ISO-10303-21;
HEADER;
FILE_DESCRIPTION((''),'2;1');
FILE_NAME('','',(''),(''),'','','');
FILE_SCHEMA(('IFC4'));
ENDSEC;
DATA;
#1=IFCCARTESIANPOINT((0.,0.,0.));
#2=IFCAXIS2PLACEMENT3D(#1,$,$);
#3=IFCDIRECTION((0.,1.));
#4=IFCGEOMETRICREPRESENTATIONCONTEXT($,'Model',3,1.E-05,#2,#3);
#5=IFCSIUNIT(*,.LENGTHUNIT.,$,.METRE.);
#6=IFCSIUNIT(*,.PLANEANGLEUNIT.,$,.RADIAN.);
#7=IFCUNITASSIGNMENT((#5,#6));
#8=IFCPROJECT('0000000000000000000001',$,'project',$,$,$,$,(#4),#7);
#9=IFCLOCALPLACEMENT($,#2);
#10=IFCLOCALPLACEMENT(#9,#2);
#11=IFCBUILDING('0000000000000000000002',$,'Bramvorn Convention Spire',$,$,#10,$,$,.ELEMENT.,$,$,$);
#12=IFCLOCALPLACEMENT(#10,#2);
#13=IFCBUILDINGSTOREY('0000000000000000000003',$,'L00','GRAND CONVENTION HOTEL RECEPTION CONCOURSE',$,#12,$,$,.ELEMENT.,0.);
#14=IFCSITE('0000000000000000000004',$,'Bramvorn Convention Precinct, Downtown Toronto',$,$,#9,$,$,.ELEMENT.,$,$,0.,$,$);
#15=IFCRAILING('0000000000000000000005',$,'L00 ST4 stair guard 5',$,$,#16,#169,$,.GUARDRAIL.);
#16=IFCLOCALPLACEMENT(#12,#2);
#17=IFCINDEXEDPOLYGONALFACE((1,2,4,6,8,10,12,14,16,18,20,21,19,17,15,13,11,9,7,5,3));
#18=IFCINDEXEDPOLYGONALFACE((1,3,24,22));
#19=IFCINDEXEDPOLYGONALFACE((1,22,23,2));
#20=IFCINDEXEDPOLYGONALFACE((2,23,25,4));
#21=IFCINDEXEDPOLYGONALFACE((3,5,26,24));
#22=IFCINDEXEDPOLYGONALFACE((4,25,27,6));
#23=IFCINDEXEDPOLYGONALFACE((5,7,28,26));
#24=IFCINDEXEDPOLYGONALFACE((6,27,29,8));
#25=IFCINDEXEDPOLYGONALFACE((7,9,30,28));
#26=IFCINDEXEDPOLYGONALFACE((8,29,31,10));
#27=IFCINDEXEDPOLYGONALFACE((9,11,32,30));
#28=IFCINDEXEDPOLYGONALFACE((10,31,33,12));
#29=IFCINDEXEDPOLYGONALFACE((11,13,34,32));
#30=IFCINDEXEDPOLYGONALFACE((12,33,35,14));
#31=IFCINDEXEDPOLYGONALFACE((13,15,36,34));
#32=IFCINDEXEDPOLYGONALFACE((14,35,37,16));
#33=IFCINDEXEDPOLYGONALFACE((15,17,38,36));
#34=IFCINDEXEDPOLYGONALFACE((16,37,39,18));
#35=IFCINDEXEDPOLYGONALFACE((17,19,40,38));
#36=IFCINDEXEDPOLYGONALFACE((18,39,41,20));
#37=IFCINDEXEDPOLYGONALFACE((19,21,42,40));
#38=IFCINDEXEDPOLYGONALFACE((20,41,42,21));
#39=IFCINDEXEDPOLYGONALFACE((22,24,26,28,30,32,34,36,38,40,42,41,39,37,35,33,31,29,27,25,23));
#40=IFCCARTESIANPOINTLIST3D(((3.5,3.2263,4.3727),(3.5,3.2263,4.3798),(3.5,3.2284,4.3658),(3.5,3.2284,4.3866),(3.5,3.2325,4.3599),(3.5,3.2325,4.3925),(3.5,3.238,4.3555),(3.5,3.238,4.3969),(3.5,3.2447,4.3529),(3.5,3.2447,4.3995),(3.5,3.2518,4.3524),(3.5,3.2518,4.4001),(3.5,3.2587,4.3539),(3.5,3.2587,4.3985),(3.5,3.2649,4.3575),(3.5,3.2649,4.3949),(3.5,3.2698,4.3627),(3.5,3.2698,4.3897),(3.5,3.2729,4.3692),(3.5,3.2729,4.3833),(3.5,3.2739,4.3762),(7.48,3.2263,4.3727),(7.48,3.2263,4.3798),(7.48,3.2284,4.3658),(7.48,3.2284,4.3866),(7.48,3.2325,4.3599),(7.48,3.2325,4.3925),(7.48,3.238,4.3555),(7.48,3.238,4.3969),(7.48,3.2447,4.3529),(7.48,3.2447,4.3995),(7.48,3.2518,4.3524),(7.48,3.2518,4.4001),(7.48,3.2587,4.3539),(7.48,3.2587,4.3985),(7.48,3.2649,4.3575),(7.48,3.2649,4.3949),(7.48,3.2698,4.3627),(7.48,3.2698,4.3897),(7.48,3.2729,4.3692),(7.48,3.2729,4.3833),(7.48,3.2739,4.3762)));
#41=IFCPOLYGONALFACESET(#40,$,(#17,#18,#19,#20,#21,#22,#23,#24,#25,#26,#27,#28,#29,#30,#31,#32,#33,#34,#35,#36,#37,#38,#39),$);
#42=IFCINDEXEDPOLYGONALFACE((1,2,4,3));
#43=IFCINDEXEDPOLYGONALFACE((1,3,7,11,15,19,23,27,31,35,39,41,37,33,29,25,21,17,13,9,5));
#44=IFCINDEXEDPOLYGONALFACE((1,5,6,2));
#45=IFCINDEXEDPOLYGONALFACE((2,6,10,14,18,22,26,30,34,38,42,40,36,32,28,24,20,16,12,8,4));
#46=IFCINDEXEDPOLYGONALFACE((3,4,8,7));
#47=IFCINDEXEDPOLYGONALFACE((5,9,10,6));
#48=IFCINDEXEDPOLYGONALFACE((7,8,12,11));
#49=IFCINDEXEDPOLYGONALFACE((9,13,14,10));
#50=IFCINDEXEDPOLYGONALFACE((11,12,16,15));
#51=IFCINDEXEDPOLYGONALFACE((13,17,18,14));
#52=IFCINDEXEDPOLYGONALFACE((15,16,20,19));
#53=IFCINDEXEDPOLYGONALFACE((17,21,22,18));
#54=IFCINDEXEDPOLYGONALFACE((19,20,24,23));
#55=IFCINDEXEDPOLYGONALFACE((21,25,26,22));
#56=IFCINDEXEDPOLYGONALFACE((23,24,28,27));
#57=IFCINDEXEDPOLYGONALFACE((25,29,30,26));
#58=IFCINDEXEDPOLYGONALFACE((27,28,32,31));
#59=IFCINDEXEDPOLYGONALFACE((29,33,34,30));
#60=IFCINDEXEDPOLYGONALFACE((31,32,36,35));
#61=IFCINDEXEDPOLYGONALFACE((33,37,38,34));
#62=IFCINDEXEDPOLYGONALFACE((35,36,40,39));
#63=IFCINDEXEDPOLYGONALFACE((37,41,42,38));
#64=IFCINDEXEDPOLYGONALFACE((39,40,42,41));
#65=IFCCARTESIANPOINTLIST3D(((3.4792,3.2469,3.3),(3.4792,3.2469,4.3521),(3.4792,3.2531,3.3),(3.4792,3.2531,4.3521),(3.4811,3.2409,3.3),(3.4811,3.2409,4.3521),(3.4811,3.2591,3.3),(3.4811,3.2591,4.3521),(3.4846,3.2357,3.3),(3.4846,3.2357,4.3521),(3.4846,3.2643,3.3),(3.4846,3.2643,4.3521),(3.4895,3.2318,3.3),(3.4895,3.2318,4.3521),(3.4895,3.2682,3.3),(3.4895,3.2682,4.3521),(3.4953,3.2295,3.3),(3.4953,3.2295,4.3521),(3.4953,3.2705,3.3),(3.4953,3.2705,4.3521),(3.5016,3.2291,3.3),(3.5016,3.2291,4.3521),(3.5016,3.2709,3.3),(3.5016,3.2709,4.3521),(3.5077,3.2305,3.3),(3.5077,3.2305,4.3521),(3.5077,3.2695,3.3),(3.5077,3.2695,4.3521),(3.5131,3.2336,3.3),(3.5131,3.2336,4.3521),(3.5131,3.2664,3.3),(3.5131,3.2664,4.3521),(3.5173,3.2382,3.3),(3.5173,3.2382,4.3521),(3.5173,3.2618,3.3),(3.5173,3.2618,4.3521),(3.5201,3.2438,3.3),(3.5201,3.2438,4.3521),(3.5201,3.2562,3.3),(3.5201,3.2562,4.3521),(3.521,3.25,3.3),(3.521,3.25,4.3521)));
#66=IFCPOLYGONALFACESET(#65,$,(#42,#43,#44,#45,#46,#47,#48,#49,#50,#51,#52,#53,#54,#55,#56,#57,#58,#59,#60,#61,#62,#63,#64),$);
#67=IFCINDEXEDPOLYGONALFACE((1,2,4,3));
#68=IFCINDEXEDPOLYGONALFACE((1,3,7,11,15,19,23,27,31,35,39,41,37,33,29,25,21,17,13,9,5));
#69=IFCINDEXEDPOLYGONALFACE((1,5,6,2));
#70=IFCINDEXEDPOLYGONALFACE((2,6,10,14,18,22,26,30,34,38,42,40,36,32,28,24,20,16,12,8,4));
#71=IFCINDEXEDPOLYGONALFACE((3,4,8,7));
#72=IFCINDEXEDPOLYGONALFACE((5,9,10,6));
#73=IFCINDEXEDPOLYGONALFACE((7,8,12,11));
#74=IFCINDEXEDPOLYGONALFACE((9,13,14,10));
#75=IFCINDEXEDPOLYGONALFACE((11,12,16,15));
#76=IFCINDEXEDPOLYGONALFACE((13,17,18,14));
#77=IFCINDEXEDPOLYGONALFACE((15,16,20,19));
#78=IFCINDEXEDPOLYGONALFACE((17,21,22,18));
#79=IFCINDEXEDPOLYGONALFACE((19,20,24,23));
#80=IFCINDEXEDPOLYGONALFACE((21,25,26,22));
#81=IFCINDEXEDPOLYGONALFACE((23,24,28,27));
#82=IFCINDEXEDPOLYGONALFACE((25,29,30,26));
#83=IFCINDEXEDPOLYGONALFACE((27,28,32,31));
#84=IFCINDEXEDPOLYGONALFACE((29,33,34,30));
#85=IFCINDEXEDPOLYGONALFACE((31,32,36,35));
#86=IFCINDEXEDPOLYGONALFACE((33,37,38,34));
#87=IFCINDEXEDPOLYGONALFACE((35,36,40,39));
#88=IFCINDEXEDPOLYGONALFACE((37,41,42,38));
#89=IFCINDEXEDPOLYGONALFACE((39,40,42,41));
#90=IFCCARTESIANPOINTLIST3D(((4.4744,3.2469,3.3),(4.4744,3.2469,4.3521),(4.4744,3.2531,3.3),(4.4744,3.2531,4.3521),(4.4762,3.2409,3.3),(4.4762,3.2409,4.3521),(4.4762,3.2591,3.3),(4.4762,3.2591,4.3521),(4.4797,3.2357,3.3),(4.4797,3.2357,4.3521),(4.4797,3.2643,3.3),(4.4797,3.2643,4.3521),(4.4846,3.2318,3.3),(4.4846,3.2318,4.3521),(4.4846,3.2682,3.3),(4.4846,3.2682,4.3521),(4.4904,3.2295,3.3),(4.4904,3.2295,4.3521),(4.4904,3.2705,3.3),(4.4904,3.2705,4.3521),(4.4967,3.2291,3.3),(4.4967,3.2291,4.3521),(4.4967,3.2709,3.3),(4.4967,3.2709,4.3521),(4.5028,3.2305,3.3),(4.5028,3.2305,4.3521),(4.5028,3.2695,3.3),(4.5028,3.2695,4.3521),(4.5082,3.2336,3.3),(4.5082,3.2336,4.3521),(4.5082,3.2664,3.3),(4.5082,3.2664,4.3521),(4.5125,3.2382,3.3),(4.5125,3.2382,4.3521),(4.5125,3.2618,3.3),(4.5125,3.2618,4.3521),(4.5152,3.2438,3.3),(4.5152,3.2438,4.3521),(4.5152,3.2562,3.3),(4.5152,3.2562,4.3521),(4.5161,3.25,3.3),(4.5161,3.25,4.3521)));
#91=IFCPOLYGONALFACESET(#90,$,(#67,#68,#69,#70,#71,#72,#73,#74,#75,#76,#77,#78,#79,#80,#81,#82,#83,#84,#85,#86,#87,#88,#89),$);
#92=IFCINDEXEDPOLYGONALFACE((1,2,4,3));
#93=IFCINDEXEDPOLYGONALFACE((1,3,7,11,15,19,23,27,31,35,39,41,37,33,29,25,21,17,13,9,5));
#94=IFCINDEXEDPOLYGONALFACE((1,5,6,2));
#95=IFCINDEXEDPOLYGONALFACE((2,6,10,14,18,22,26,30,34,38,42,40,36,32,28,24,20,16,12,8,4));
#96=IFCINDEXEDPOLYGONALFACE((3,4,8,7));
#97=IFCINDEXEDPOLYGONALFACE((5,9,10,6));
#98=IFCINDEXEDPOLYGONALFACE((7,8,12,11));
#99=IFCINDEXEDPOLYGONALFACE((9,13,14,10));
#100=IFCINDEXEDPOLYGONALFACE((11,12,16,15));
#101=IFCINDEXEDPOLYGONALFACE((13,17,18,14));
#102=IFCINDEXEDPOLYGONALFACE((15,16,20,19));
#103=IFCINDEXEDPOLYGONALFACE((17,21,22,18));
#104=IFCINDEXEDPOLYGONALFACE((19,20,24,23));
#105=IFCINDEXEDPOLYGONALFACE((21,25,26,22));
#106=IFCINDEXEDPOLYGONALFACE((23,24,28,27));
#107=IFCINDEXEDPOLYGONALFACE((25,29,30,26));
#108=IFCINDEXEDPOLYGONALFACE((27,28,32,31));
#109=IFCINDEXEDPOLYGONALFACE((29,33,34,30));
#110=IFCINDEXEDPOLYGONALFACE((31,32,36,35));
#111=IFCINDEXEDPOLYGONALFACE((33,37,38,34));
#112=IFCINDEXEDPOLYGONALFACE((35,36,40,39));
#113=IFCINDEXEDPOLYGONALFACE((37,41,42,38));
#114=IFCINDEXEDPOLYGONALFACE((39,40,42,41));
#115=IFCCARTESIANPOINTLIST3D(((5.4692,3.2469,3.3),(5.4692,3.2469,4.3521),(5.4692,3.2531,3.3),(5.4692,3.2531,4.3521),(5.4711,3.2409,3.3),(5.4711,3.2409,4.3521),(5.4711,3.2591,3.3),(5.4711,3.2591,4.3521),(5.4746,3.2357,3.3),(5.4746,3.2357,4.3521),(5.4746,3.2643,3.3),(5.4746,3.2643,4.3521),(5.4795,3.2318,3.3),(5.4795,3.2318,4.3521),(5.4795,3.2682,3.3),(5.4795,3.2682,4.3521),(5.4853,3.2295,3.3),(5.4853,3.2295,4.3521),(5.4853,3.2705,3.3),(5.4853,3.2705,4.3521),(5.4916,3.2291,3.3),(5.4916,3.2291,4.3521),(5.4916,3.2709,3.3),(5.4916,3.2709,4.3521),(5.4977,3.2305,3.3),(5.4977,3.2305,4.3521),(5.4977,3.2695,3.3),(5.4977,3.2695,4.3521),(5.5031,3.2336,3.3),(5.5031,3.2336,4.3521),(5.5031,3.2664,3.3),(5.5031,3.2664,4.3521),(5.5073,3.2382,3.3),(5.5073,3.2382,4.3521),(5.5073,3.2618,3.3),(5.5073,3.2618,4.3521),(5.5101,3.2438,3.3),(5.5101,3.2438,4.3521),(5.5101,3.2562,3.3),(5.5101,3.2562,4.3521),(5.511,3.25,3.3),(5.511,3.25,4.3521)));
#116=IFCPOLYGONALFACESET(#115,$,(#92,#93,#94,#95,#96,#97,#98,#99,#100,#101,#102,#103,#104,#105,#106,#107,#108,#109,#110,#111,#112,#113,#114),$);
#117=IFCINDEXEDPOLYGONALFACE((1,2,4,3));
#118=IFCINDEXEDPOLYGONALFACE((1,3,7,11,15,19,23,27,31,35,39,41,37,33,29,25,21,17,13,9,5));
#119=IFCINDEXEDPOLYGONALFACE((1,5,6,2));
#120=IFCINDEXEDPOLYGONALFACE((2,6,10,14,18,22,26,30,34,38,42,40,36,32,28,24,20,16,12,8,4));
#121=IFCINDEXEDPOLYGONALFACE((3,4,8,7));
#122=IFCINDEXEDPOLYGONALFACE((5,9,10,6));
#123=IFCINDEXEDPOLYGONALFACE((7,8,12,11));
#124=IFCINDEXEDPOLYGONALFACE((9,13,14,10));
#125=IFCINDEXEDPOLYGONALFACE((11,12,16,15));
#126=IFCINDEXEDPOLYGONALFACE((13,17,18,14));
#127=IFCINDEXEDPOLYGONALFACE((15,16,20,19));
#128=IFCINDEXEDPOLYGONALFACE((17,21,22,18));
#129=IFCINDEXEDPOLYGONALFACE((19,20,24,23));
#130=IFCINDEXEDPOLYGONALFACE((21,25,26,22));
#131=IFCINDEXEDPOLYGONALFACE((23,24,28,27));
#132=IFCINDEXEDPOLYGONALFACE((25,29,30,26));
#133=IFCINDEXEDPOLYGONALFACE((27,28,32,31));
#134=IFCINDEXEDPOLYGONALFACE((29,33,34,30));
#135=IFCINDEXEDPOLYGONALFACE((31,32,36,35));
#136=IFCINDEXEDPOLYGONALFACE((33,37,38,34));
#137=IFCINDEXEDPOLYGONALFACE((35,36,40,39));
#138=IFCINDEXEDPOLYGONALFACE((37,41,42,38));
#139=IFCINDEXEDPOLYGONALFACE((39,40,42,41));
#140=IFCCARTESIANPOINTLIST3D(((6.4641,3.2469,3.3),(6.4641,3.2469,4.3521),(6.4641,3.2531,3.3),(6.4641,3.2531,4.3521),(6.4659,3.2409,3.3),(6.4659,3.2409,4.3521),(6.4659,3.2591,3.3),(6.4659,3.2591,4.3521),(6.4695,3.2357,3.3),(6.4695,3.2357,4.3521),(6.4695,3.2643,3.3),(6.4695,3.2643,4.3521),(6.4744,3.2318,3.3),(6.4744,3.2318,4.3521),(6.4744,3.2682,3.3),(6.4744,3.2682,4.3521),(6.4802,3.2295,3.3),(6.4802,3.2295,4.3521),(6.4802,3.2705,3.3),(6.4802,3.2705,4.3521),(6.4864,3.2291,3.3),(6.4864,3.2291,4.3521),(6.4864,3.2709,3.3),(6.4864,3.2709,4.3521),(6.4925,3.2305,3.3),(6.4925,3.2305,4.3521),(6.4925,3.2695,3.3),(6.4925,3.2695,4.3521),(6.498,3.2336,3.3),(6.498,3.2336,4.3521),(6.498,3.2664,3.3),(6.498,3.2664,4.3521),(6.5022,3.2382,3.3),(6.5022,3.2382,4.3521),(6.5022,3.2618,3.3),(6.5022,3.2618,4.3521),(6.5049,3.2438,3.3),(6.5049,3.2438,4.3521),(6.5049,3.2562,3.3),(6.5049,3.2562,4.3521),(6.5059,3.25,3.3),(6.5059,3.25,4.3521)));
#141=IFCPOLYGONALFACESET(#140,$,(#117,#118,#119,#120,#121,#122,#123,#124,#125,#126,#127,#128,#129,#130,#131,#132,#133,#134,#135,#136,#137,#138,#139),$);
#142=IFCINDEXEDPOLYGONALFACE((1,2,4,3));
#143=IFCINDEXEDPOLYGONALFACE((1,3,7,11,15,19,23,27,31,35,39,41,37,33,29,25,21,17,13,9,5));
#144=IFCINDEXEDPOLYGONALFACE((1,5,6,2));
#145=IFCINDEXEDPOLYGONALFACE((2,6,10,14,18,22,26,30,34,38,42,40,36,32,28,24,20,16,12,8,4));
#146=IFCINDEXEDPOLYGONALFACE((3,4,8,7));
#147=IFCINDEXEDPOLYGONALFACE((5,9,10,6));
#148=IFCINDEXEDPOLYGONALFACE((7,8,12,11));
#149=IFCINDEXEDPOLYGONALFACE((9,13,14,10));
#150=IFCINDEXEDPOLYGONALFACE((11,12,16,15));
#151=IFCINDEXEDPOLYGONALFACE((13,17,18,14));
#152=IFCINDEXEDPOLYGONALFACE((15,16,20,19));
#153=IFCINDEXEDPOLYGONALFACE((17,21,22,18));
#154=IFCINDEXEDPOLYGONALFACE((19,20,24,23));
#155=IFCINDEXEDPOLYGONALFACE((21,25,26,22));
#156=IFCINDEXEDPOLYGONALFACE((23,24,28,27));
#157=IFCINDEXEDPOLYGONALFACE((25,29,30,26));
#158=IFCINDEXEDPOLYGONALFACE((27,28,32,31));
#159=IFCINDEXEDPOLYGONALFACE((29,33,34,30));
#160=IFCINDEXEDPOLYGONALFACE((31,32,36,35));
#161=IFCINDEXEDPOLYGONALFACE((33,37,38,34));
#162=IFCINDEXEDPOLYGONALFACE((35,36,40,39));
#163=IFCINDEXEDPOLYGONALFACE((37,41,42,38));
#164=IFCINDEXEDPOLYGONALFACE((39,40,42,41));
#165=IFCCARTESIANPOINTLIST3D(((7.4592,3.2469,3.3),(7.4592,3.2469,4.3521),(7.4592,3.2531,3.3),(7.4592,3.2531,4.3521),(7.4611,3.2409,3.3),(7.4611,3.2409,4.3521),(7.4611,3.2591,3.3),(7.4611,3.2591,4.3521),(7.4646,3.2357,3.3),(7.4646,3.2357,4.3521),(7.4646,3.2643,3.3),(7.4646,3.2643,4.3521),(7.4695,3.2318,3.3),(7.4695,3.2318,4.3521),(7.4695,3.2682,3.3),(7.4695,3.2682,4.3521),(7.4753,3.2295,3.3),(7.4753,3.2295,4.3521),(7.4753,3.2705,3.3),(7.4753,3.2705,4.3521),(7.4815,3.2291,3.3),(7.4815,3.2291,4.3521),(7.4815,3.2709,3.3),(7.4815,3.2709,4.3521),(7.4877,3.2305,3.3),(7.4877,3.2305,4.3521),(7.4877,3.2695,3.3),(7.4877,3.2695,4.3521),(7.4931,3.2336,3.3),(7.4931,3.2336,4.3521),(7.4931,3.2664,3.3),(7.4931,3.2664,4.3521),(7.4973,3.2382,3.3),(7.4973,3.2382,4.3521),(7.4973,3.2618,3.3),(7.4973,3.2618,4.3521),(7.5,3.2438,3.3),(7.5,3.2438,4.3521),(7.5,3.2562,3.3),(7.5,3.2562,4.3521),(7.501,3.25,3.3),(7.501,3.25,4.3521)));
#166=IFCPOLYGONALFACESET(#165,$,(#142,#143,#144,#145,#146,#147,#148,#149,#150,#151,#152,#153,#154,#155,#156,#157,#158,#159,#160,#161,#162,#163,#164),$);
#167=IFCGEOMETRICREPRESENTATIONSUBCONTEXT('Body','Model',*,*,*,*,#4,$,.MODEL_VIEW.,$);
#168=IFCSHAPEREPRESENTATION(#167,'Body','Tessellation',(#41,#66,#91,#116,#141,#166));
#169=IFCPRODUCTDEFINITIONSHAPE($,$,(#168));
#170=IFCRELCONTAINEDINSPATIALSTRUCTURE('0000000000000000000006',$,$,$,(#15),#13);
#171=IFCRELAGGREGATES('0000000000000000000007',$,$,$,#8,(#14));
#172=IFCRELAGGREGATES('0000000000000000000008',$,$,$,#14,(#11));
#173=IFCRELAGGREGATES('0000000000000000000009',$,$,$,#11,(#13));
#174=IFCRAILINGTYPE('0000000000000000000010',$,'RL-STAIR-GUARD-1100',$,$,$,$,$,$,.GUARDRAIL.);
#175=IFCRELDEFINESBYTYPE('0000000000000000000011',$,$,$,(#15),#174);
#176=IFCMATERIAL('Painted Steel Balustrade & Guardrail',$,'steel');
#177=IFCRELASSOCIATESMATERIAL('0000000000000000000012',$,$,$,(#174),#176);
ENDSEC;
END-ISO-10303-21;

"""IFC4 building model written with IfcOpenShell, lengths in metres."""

from ifc_helpers import new_model, si_unit, direction, frame, origin, origin_2d, place, context, subcontext, project, spatial, circle, extrude, material, type_object, element, save


model = new_model("IFC4")

# Units and contexts
model_context = context("Model", 3, precision=1e-05, world=origin(), true_north=direction((0.0, 1.0)))
body_context = subcontext(model_context, "Body", "Model", "MODEL_VIEW")
ifc_project = project(units=[si_unit("LENGTHUNIT", "METRE"), si_unit("PLANEANGLEUNIT", "RADIAN")], contexts=[model_context])

# Site, building, storey
site_placement = place(None, origin())
site = spatial("IfcSite", under=ifc_project, at=site_placement, Name="Bramvorn Convention Precinct, Downtown Toronto", CompositionType="ELEMENT", RefElevation=0.0)
building_placement = place(site_placement, origin())
building = spatial("IfcBuilding", under=site, at=building_placement, Name="Bramvorn Convention Spire", CompositionType="ELEMENT")
storey_placement = place(building_placement, origin())
storey = spatial("IfcBuildingStorey", under=building, at=storey_placement, Name="L00", Description="GRAND CONVENTION HOTEL RECEPTION CONCOURSE", CompositionType="ELEMENT", Elevation=0.0)

# Railing
ifc_material_1 = material(Name="Painted Steel Balustrade & Guardrail", Category="steel")
railing_type_1 = type_object("IfcRailingType", Name="RL-STAIR-GUARD-1100", PredefinedType="GUARDRAIL", material=ifc_material_1)
railing_1_placement = place(storey_placement, frame((3.5, 3.25, 3.3)))
element("IfcRailing", 1, at=railing_1_placement, inside=storey, type_object=railing_type_1, Name="L00 ST4 stair guard 5", PredefinedType="GUARDRAIL", context=body_context, shape_type="SweptSolid", body=[
    extrude(circle(Radius=0.0239, at=origin_2d()), frame((0.0, 0.0, 1.0762), z_axis=(1.0, 0.0, 0.0), x_axis=(0.0, 1.0, 0.0)), (0.0, 0.0, 1.0), 3.98),
    extrude(circle(Radius=0.021, at=origin_2d()), origin(), (0.0, 0.0, 1.0), 1.052),
    extrude(circle(Radius=0.021, at=origin_2d()), frame((0.9951, 0.0, 0.0)), (0.0, 0.0, 1.0), 1.052),
    extrude(circle(Radius=0.021, at=origin_2d()), frame((1.99, 0.0, 0.0)), (0.0, 0.0, 1.0), 1.052),
    extrude(circle(Radius=0.021, at=origin_2d()), frame((2.9849, 0.0, 0.0)), (0.0, 0.0, 1.0), 1.052),
    extrude(circle(Radius=0.021, at=origin_2d()), frame((3.98, 0.0, 0.0)), (0.0, 0.0, 1.0), 1.052),
])

save(model, "model.ifc")
